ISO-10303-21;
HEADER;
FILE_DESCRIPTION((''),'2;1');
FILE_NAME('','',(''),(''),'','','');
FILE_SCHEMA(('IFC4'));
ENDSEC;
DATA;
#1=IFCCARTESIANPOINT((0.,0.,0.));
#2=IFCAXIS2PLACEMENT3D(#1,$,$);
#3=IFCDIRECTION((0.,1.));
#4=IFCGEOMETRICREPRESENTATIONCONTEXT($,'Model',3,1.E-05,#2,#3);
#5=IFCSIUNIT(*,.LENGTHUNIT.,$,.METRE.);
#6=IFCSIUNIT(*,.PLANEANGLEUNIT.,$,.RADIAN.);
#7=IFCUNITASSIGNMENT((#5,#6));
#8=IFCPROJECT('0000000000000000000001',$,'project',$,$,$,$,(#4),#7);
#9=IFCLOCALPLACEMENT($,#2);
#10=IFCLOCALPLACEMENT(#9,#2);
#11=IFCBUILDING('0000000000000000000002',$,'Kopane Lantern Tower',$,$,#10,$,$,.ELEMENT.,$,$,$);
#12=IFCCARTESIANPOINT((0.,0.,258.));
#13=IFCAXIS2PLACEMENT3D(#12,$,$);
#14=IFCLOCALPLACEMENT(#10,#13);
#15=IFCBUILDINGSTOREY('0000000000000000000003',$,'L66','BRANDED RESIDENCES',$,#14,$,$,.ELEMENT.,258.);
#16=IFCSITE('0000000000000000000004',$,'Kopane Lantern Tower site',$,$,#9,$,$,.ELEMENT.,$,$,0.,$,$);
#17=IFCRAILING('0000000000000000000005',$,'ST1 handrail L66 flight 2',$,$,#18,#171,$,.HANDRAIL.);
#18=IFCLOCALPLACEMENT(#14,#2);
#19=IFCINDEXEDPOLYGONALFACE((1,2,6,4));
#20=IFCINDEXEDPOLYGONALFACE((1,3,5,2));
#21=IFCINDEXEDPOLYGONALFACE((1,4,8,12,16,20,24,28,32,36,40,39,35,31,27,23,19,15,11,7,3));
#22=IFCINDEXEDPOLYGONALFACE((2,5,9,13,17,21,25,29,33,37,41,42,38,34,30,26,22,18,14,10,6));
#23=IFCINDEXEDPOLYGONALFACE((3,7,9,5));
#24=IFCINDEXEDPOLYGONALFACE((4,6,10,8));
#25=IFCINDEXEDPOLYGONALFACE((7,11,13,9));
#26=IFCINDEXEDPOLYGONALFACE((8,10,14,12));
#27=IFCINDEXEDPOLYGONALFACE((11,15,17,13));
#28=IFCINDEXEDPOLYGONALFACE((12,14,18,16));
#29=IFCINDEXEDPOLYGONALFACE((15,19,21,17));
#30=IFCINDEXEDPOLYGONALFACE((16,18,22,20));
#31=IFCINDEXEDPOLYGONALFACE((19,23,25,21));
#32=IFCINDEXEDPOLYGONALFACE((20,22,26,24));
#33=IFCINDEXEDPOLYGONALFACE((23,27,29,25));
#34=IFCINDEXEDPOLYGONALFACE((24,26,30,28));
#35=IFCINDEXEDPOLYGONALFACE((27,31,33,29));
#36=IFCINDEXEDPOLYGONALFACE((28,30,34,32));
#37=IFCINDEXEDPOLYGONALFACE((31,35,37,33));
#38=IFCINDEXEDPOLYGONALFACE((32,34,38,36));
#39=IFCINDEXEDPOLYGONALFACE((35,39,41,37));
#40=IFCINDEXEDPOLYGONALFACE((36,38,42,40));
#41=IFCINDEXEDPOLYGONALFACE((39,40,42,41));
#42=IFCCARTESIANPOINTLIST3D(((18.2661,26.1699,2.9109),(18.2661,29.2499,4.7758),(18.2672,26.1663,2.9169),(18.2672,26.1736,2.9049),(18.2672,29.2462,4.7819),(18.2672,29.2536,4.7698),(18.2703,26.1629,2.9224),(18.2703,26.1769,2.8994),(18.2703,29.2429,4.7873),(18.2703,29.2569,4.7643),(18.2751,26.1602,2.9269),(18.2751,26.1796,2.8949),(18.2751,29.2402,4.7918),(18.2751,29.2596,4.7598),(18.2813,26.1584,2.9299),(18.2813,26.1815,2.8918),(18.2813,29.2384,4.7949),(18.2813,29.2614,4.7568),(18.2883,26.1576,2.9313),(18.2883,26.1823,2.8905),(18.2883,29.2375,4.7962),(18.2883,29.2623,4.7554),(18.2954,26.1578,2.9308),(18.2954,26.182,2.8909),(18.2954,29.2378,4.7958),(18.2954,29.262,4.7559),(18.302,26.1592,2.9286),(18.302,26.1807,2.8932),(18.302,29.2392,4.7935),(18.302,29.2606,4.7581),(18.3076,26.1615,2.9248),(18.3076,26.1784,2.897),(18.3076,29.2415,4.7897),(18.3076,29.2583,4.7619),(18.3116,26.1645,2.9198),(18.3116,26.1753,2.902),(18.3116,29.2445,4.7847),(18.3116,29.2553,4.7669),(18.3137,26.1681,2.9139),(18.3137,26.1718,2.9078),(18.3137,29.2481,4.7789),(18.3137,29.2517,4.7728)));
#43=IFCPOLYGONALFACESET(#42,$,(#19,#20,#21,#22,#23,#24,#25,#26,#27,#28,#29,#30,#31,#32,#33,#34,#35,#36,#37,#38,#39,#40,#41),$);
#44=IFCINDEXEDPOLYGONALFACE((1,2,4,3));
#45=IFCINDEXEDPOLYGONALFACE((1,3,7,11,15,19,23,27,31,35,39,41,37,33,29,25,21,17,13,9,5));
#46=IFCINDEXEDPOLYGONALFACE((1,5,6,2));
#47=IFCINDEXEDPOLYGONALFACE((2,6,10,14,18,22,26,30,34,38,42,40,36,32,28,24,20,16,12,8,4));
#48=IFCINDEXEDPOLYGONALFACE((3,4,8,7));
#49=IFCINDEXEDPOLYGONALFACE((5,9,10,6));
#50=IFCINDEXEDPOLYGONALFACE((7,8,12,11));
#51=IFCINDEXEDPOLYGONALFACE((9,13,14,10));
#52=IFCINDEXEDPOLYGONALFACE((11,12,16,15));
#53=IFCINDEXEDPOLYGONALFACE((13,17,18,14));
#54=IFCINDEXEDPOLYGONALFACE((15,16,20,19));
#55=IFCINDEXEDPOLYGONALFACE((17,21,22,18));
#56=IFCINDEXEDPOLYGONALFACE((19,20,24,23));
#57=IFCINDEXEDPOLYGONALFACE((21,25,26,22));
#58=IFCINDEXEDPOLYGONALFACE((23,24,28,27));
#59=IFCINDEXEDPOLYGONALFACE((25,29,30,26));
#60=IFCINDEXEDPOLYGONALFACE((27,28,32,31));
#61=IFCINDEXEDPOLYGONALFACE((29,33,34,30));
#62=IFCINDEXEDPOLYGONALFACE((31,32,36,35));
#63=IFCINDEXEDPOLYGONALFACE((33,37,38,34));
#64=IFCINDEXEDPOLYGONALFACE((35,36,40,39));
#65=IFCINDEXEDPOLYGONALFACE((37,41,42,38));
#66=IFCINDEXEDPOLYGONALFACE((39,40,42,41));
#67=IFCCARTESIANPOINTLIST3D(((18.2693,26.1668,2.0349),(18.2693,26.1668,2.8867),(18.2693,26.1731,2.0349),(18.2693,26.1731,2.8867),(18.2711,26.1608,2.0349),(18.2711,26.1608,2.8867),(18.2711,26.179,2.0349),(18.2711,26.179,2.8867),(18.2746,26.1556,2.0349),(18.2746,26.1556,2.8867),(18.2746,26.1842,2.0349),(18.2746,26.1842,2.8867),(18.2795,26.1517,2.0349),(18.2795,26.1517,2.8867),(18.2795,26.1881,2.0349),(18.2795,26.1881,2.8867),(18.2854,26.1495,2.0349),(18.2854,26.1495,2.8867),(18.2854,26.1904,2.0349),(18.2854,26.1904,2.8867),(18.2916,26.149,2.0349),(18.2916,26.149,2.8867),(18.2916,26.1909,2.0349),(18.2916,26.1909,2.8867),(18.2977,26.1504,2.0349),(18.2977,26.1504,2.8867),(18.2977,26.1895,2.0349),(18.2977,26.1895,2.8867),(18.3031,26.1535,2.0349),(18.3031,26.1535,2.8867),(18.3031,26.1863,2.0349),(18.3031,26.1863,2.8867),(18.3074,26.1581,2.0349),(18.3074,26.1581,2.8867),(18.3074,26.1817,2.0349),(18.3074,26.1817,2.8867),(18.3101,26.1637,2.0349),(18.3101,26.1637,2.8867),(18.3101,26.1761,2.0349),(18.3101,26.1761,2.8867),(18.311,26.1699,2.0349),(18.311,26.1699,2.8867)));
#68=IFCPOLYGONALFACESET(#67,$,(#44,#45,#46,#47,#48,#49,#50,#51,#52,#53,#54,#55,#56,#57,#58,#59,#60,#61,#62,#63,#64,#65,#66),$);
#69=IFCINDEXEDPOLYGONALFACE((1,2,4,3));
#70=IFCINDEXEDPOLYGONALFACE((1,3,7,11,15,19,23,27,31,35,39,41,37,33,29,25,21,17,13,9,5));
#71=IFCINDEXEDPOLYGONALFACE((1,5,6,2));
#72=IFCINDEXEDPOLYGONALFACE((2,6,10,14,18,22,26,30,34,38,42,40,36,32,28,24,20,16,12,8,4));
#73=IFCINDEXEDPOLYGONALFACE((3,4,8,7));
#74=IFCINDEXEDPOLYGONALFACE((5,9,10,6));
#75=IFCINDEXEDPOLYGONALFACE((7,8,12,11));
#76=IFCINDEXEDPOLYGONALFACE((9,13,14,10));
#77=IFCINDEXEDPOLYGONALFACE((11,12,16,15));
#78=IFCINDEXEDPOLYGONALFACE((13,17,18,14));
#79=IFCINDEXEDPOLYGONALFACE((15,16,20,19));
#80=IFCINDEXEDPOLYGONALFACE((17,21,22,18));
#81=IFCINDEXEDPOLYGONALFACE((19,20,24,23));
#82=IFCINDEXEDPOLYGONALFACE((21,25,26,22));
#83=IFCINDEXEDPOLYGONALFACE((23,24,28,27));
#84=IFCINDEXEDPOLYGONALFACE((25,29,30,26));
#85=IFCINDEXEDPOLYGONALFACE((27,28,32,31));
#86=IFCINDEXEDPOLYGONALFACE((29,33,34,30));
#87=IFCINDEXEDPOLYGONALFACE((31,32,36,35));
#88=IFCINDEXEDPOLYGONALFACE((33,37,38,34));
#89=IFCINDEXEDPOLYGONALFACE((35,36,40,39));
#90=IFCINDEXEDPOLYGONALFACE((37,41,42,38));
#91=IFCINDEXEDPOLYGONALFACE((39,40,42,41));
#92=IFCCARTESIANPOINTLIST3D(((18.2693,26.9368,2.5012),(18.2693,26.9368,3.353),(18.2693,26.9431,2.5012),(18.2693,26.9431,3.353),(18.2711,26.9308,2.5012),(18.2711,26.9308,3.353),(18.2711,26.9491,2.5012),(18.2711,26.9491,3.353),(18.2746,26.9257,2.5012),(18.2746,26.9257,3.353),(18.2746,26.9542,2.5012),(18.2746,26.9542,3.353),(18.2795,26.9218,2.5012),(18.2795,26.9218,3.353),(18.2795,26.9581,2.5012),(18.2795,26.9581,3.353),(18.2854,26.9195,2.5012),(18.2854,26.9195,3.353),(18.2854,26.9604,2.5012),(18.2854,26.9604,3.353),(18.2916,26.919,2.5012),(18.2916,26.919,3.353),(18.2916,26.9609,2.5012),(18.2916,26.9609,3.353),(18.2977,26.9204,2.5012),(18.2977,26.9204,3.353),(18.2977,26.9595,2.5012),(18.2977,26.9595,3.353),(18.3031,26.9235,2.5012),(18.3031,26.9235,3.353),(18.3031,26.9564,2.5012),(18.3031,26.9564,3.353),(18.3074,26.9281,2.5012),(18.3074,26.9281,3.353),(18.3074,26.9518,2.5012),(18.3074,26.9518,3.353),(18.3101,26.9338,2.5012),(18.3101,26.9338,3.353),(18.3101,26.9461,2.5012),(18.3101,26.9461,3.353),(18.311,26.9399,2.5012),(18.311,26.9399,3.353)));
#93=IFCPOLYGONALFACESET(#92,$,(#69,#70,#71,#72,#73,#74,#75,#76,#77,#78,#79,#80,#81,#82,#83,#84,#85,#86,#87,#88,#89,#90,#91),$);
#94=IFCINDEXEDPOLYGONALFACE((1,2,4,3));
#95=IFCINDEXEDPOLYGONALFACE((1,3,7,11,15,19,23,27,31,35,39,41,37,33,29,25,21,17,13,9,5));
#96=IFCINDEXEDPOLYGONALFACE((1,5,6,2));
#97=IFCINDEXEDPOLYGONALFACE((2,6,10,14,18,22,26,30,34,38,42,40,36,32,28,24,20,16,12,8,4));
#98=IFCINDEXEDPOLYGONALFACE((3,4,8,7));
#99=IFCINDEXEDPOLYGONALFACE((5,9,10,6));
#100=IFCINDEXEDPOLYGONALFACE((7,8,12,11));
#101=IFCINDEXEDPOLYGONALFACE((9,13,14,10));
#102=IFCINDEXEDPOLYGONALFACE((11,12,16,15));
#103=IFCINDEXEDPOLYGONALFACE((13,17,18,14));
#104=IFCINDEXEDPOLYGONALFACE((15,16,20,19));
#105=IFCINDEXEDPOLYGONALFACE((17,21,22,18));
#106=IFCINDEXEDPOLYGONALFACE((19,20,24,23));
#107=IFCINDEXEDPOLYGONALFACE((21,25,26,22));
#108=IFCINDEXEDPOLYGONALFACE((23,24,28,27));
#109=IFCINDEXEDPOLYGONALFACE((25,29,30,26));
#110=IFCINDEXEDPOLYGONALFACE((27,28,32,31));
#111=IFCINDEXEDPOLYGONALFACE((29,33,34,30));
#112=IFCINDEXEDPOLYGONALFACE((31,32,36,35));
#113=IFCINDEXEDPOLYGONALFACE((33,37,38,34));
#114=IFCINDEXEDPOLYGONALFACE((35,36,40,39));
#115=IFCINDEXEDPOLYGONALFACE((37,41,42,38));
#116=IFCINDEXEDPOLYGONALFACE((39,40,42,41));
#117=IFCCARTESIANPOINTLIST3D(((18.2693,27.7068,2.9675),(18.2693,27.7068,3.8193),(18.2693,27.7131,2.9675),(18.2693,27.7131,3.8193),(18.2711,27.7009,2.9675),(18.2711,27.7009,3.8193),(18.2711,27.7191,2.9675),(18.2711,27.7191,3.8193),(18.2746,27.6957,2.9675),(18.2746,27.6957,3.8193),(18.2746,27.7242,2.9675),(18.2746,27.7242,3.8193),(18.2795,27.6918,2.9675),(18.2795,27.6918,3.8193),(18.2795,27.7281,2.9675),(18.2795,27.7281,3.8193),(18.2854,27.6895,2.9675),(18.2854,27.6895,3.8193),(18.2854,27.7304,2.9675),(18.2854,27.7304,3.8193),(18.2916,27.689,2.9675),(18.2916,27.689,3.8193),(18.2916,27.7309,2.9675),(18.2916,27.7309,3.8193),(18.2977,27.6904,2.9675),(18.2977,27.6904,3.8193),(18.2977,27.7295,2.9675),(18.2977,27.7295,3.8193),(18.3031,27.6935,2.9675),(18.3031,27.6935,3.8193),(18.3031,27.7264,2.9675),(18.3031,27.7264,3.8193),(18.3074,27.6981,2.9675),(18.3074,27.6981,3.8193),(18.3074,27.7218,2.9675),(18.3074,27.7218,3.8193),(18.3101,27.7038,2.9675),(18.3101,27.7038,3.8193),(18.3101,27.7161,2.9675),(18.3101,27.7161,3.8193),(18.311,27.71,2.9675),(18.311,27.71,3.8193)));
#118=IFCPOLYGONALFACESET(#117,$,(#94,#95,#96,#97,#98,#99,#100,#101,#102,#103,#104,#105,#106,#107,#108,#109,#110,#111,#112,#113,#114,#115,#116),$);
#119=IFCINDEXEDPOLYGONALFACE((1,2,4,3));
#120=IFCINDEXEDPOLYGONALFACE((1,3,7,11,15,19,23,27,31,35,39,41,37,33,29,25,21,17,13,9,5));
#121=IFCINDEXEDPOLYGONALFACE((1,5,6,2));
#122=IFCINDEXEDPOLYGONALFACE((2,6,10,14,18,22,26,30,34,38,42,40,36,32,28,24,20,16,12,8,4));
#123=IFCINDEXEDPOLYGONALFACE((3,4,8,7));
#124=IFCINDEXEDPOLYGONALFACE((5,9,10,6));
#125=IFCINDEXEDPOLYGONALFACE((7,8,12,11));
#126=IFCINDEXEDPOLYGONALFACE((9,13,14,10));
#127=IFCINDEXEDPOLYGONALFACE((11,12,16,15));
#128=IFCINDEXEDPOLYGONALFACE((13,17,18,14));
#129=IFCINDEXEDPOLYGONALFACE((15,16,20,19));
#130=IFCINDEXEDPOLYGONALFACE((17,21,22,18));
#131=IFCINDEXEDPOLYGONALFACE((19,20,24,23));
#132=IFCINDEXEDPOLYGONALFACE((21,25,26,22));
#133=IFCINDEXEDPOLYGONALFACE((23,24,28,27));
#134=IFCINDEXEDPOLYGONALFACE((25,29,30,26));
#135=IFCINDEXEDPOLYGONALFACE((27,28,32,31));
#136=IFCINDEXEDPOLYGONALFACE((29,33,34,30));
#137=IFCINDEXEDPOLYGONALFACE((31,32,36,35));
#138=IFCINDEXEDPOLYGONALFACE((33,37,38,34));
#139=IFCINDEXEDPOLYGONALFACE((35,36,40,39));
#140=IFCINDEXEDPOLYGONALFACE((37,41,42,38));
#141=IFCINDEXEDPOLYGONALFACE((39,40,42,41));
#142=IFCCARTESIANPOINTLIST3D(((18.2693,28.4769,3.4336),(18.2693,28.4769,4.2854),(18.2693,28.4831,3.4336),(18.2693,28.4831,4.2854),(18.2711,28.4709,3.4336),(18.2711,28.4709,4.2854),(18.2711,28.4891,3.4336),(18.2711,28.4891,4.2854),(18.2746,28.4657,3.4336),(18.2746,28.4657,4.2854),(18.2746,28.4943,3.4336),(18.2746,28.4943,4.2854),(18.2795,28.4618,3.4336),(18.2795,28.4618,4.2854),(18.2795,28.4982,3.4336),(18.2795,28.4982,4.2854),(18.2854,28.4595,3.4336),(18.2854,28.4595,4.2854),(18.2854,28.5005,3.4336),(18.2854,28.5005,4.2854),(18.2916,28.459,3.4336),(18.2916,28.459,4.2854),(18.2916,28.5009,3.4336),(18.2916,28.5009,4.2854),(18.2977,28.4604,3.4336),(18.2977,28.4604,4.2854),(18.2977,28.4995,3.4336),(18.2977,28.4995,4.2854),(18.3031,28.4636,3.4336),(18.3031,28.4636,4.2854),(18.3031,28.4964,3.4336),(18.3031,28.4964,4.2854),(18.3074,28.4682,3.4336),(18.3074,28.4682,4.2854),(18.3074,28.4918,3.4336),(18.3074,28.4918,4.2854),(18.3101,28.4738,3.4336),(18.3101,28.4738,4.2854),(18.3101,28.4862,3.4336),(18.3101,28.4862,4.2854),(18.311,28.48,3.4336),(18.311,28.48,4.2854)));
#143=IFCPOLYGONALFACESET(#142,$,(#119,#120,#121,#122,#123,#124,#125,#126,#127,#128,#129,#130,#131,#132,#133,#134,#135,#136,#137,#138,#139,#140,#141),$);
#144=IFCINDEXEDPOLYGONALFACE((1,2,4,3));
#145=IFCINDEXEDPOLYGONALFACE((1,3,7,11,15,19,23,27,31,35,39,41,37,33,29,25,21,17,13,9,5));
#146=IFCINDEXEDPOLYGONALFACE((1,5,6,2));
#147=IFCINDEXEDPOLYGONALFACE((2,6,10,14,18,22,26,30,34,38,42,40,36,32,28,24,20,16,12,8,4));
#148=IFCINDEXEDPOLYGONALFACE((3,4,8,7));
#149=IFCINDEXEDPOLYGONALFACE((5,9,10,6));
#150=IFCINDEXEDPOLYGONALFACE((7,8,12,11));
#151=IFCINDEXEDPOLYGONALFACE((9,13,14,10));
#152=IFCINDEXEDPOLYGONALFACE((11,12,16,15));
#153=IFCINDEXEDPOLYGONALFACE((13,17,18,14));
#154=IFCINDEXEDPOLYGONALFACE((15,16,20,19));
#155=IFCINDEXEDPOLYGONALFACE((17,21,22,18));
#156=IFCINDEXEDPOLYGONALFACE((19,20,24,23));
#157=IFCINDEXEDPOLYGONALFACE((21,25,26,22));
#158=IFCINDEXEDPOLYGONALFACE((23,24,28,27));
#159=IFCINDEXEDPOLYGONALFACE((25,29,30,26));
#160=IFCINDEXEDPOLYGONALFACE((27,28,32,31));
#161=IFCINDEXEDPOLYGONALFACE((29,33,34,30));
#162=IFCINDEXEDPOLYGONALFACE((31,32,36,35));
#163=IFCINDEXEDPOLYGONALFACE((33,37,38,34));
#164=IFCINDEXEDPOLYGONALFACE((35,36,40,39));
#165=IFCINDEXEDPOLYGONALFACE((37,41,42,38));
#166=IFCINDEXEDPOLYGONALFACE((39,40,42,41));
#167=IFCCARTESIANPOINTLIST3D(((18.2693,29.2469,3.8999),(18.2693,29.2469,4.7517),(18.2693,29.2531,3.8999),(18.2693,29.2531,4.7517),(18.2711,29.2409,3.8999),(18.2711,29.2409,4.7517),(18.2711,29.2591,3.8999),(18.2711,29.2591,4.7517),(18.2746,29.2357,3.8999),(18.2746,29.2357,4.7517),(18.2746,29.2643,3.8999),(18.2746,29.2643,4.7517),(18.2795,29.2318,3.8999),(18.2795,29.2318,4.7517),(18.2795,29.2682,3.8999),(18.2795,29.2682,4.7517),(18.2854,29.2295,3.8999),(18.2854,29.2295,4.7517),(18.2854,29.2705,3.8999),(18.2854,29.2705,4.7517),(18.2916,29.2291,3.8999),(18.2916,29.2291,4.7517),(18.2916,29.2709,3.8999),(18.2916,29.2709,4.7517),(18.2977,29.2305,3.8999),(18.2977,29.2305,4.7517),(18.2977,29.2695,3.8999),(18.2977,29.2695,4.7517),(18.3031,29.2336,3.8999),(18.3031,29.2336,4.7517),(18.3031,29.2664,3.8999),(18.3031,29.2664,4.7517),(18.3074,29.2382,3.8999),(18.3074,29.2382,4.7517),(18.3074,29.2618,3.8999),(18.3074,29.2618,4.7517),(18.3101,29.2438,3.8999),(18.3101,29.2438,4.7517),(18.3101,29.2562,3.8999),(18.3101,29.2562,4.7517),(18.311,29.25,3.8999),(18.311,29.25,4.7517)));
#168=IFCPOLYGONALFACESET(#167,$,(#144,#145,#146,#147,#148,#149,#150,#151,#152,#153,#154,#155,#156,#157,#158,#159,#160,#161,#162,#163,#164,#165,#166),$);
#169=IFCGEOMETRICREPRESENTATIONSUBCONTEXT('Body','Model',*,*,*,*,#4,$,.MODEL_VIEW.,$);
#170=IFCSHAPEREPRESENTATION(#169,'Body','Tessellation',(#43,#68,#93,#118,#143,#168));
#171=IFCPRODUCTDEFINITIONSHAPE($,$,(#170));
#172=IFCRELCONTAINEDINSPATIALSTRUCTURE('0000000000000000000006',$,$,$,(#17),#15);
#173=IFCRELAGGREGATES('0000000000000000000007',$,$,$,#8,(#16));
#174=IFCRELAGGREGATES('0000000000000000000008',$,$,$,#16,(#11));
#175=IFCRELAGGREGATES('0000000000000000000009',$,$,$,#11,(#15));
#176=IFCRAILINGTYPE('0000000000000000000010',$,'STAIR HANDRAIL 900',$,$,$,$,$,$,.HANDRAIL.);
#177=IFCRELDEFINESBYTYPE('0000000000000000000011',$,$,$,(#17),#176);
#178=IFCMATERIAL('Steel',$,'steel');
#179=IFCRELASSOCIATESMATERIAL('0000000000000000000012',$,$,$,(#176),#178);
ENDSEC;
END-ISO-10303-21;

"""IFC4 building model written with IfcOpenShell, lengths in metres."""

from ifc_helpers import new_model, si_unit, direction, frame, origin, origin_2d, place, context, subcontext, project, spatial, circle, extrude, material, type_object, element, save


model = new_model("IFC4")

# Units and contexts
model_context = context("Model", 3, precision=1e-05, world=origin(), true_north=direction((0.0, 1.0)))
body_context = subcontext(model_context, "Body", "Model", "MODEL_VIEW")
ifc_project = project(units=[si_unit("LENGTHUNIT", "METRE"), si_unit("PLANEANGLEUNIT", "RADIAN")], contexts=[model_context])

# Site, building, storey
site_placement = place(None, origin())
site = spatial("IfcSite", under=ifc_project, at=site_placement, Name="Kopane Lantern Tower site", CompositionType="ELEMENT", RefElevation=0.0)
building_placement = place(site_placement, origin())
building = spatial("IfcBuilding", under=site, at=building_placement, Name="Kopane Lantern Tower", CompositionType="ELEMENT")
storey_placement = place(building_placement, frame((0.0, 0.0, 258.0)))
storey = spatial("IfcBuildingStorey", under=building, at=storey_placement, Name="L66", Description="BRANDED RESIDENCES", CompositionType="ELEMENT", Elevation=258.0)

# Railing
ifc_material_1 = material(Name="Steel", Category="steel")
railing_type_1 = type_object("IfcRailingType", Name="STAIR HANDRAIL 900", PredefinedType="HANDRAIL", material=ifc_material_1)
for number, where, name in (
    (1, (18.29, 26.1699, 2.0349), "ST1 handrail L66 flight 2"),
):
    element("IfcRailing", number, at=place(storey_placement, frame(where)), inside=storey, type_object=railing_type_1, Name=name, PredefinedType="HANDRAIL", context=body_context, shape_type="SweptSolid", body=[
        extrude(circle(Radius=0.0239, at=origin_2d()), frame((0.0, 0.0, 0.876), z_axis=(0.0, 0.85541, 0.517952), x_axis=(-1.0, 0.0, 0.0)), (0.0, 0.0, 1.0), 3.6006),
        extrude(circle(Radius=0.021, at=origin_2d()), origin(), (0.0, 0.0, 1.0), 0.8518),
        extrude(circle(Radius=0.021, at=origin_2d()), frame((0.0, 0.77, 0.4663)), (0.0, 0.0, 1.0), 0.8518),
        extrude(circle(Radius=0.021, at=origin_2d()), frame((0.0, 1.54, 0.9326)), (0.0, 0.0, 1.0), 0.8518),
        extrude(circle(Radius=0.021, at=origin_2d()), frame((0.0, 2.3101, 1.3987)), (0.0, 0.0, 1.0), 0.8518),
        extrude(circle(Radius=0.021, at=origin_2d()), frame((0.0, 3.0801, 1.865)), (0.0, 0.0, 1.0), 0.8518),
    ])

save(model, "model.ifc")
